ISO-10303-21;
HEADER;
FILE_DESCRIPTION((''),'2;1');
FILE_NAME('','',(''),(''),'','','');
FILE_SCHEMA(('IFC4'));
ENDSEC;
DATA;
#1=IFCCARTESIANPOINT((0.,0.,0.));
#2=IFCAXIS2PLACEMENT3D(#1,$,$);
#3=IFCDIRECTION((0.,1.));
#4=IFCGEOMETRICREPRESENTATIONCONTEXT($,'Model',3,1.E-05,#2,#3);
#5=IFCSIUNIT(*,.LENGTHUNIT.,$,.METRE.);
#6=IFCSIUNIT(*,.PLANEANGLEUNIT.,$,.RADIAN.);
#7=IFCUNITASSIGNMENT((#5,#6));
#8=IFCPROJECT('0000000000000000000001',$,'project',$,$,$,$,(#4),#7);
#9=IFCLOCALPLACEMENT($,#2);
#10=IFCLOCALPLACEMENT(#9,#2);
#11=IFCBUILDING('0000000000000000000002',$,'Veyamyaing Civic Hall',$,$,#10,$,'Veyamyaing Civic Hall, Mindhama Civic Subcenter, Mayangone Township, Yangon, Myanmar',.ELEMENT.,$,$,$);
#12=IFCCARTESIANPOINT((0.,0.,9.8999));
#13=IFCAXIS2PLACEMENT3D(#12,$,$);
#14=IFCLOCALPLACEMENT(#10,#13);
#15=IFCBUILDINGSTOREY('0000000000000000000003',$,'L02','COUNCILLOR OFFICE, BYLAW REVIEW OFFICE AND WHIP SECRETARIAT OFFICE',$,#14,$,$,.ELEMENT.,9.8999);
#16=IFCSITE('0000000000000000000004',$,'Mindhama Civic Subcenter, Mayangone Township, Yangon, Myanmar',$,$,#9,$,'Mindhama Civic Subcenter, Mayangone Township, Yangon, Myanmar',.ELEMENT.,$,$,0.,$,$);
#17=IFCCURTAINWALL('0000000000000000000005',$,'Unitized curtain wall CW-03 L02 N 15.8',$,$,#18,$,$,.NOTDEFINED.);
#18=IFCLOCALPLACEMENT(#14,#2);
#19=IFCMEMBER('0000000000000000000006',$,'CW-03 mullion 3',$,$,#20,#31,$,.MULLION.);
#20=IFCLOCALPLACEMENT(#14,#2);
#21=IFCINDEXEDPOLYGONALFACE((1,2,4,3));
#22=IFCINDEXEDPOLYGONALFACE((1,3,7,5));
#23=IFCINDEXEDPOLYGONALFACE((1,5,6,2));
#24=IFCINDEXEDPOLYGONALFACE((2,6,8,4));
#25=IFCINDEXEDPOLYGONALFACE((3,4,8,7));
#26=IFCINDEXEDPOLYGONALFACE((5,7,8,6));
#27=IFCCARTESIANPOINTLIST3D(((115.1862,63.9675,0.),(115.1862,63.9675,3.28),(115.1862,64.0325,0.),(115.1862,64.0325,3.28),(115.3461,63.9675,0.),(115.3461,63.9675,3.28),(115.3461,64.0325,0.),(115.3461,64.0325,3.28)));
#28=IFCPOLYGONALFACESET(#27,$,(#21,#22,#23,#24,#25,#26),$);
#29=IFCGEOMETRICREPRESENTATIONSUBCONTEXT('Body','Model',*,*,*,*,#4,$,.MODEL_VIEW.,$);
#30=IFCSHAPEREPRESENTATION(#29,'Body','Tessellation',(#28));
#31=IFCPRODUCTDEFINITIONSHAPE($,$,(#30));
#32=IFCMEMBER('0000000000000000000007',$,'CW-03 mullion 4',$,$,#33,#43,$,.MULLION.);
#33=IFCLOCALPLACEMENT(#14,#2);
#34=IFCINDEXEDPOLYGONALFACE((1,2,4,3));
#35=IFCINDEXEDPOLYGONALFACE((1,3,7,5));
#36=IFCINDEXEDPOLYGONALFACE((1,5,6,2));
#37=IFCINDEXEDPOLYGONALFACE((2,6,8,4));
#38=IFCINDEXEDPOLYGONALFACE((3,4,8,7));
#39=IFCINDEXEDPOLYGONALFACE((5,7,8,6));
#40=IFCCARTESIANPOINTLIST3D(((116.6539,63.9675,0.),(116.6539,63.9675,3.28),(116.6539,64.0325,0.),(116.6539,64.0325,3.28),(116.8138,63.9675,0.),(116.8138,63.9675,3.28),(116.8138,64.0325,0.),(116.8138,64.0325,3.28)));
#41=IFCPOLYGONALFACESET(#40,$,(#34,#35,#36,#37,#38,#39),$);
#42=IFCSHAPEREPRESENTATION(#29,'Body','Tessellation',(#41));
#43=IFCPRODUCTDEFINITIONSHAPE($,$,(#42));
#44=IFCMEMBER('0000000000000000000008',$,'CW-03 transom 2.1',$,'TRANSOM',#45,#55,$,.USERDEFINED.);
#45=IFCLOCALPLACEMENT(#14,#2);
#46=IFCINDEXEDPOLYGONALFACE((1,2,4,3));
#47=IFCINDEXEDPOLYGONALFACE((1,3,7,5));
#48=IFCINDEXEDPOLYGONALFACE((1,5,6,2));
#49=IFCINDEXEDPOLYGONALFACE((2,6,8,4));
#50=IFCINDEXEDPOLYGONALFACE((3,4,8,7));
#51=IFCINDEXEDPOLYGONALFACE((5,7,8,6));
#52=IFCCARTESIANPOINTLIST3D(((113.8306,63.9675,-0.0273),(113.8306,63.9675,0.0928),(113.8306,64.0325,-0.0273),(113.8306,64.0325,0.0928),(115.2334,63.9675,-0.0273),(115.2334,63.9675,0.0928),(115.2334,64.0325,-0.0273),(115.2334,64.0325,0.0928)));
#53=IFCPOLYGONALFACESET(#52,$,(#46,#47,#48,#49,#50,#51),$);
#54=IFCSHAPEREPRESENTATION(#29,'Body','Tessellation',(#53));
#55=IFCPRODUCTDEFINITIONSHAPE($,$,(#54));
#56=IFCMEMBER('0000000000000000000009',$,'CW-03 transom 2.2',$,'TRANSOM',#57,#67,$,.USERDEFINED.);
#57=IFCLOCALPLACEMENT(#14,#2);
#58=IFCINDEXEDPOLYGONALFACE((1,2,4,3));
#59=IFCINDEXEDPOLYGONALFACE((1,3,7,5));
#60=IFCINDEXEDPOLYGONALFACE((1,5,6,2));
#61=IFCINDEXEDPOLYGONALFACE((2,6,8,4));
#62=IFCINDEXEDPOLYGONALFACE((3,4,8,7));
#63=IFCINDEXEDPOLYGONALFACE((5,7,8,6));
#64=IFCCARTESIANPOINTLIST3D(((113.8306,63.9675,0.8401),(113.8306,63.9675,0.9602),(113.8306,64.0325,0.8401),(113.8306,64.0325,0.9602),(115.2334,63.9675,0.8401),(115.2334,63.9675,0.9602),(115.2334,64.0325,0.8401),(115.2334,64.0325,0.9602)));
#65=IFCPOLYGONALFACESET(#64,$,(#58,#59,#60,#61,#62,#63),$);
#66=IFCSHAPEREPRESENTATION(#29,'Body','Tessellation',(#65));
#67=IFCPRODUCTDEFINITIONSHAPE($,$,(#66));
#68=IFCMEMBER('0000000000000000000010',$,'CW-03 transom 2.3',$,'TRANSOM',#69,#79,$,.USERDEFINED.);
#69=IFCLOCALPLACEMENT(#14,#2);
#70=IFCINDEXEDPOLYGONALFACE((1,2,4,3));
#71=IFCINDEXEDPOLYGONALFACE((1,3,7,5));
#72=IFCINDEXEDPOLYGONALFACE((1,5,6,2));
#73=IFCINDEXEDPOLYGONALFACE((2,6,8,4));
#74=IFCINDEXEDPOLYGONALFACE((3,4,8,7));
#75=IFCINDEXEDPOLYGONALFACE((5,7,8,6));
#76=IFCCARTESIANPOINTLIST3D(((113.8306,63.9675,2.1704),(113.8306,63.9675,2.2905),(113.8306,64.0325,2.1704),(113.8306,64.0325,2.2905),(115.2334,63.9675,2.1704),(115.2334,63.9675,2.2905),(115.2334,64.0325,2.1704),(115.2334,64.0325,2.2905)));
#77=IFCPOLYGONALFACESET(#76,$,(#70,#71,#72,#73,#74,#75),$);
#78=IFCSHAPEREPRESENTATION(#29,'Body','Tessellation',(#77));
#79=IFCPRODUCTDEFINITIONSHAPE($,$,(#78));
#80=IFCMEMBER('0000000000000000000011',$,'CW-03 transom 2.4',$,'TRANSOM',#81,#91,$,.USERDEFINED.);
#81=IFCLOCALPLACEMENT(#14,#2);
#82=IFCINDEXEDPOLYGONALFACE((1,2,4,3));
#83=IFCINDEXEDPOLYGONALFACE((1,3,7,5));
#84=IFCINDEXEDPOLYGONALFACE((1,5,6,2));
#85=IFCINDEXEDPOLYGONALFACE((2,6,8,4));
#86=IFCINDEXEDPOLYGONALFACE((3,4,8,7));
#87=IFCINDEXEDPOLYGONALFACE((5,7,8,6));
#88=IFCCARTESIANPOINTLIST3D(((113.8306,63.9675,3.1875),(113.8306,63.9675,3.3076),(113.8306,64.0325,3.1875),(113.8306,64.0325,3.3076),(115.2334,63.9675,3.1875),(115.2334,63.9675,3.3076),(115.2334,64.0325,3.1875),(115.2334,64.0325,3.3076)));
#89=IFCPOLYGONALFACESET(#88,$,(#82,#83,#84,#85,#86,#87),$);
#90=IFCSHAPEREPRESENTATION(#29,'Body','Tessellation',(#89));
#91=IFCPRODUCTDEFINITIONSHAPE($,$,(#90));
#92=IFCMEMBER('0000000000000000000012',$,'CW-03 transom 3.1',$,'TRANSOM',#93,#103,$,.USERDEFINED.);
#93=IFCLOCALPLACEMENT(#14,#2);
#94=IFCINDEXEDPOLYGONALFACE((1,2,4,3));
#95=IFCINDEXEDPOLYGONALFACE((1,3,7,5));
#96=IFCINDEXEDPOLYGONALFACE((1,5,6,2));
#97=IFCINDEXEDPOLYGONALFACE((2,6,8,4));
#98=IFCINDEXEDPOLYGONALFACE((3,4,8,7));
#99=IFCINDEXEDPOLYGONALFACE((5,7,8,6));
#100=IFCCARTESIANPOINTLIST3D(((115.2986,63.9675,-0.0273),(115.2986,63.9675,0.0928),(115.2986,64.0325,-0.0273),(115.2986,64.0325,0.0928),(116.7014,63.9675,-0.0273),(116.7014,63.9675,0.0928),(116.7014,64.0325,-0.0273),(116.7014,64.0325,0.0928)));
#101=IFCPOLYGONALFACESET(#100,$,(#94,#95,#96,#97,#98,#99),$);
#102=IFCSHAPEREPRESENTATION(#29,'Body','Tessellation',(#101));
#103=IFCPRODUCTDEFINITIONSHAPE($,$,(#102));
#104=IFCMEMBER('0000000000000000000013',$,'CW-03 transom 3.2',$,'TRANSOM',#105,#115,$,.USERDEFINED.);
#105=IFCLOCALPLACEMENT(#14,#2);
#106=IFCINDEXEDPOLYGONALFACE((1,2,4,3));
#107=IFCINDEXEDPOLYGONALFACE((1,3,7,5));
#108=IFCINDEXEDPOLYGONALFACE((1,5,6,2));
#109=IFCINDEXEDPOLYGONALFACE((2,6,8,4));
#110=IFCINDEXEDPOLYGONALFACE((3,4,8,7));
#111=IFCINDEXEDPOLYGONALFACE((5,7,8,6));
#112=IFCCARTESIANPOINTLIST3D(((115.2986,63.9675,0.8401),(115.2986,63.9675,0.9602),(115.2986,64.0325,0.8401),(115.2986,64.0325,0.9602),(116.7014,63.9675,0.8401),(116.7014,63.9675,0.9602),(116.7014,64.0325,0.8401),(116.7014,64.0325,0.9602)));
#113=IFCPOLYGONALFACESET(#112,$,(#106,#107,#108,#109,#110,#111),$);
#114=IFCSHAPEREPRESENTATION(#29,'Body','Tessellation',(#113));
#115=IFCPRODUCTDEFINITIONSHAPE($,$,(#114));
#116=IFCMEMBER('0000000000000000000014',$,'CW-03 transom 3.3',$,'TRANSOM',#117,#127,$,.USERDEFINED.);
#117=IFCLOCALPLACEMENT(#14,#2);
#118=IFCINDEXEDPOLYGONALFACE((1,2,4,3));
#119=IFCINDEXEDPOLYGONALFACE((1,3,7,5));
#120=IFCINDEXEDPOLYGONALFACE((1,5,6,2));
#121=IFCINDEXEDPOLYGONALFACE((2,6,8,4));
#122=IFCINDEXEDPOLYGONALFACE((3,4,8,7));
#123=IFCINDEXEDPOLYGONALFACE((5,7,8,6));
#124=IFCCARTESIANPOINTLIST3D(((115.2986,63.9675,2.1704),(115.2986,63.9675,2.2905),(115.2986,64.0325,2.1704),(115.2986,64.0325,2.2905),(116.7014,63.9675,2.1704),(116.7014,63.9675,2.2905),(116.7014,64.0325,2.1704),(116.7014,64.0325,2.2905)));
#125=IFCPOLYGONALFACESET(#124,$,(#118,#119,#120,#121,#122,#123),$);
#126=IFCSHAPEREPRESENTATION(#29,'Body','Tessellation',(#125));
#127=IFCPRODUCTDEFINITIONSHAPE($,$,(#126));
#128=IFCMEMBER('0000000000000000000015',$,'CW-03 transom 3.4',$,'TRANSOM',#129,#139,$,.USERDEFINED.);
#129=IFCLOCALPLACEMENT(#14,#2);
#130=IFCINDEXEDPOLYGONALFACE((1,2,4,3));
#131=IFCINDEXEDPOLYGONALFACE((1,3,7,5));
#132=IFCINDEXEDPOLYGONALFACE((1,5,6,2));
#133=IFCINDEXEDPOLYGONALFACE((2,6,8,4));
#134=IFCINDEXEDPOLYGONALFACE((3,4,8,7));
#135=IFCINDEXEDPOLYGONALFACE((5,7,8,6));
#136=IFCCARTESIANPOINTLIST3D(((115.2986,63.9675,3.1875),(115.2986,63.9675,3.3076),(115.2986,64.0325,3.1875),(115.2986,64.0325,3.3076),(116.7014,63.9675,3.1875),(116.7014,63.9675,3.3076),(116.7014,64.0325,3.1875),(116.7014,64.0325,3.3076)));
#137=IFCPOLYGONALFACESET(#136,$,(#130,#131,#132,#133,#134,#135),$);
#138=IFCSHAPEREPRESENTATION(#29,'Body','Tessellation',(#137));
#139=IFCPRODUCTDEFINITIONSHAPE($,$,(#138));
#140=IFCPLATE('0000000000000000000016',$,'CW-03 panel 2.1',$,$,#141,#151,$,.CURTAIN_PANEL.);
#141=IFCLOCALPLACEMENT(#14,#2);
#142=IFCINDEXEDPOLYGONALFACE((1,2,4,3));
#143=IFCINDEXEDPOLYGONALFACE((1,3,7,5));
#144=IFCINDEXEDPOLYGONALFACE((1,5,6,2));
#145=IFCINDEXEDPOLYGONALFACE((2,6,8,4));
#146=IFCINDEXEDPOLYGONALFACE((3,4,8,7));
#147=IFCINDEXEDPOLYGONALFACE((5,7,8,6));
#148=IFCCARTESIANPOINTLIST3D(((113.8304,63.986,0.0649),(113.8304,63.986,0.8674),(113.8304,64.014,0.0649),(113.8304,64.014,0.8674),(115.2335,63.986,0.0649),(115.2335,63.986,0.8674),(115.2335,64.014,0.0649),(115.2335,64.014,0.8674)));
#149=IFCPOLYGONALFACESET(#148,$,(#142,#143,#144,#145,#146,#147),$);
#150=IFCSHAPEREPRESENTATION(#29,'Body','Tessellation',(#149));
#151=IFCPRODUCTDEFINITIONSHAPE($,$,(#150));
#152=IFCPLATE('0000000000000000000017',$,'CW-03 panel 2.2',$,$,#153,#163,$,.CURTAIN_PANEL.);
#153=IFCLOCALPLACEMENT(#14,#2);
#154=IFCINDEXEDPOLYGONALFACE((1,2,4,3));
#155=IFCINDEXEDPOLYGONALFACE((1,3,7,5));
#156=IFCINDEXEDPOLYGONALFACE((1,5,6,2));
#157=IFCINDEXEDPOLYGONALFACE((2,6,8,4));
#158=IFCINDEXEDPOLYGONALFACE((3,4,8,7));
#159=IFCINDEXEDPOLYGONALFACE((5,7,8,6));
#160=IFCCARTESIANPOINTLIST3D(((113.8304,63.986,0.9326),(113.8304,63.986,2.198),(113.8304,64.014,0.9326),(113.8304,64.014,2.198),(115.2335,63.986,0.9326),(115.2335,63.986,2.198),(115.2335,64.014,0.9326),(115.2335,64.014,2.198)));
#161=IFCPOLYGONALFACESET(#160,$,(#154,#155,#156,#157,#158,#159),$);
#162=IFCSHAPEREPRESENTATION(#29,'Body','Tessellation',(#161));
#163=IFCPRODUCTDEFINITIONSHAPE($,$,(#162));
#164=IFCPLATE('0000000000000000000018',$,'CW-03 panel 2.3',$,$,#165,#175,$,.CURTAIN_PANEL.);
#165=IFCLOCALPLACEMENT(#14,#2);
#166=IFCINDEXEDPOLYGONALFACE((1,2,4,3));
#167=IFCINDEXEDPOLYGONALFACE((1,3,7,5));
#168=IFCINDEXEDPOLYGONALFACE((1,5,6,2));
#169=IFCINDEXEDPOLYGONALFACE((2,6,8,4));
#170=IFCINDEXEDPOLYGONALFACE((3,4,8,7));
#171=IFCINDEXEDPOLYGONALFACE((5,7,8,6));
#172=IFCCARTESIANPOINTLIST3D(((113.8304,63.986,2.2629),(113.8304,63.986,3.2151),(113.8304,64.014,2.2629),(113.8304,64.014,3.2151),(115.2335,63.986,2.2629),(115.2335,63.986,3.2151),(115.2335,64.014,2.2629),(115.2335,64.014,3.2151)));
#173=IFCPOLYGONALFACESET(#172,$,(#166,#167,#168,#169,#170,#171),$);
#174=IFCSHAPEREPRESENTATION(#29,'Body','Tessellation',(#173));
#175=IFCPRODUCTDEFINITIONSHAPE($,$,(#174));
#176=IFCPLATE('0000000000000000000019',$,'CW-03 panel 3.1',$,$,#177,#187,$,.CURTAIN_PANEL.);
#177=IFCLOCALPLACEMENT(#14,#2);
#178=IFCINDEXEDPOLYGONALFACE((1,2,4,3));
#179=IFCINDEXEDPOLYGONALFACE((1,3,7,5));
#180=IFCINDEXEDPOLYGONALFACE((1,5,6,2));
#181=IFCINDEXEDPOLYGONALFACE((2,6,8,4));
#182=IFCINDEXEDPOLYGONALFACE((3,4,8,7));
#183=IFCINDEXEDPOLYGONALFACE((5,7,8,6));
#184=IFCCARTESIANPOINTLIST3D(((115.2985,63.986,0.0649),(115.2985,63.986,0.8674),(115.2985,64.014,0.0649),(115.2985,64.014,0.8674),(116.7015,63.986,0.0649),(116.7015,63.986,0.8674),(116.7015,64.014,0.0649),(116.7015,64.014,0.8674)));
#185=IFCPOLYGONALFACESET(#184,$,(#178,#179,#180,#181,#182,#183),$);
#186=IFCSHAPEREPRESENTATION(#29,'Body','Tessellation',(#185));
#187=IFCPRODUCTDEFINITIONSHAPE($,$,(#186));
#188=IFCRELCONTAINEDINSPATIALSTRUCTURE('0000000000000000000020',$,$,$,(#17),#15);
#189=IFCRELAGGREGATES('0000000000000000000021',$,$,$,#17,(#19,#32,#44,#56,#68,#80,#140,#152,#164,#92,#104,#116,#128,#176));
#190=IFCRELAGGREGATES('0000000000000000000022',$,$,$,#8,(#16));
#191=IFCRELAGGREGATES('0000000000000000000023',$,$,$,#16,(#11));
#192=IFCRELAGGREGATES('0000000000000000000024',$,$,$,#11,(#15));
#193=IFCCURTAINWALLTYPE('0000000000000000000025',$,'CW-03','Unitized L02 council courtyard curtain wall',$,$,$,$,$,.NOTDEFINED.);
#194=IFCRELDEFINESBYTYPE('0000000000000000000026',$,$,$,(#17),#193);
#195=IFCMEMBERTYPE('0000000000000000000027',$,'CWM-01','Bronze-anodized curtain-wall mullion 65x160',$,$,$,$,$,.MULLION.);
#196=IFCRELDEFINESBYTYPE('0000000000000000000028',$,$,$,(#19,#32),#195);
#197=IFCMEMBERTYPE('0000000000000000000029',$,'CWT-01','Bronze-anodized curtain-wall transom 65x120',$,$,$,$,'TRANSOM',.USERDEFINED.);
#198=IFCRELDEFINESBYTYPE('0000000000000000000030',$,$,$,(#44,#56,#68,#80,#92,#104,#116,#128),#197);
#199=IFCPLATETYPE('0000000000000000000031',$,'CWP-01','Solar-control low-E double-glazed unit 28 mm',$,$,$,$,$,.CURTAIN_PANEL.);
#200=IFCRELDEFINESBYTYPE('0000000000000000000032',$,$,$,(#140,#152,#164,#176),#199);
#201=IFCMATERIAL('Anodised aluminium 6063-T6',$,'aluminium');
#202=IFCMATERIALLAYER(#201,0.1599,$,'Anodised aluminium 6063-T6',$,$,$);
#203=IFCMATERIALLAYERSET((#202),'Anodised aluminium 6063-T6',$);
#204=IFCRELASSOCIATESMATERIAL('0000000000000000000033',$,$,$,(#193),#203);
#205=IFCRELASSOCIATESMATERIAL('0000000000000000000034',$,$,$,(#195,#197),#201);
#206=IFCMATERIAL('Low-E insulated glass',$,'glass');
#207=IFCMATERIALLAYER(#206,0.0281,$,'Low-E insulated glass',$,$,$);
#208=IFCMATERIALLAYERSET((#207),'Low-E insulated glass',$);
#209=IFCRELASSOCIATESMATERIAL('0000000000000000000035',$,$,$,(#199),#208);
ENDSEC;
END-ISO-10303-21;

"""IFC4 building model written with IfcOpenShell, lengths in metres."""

from ifc_helpers import new_model, si_unit, direction, frame, origin, origin_2d, place, context, subcontext, project, spatial, rectangle, extrude, material, layer, layer_set, material_profile, profile_set, type_object, element, aggregate, save


model = new_model("IFC4")

# Units and contexts
model_context = context("Model", 3, precision=1e-05, world=origin(), true_north=direction((0.0, 1.0)))
body_context = subcontext(model_context, "Body", "Model", "MODEL_VIEW")
ifc_project = project(units=[si_unit("LENGTHUNIT", "METRE"), si_unit("PLANEANGLEUNIT", "RADIAN")], contexts=[model_context])

# Site, building, storey
site_placement = place(None, origin())
site = spatial("IfcSite", under=ifc_project, at=site_placement, Name="Mindhama Civic Subcenter, Mayangone Township, Yangon, Myanmar", LongName="Mindhama Civic Subcenter, Mayangone Township, Yangon, Myanmar", CompositionType="ELEMENT", RefElevation=0.0)
building_placement = place(site_placement, origin())
building = spatial("IfcBuilding", under=site, at=building_placement, Name="Veyamyaing Civic Hall", LongName="Veyamyaing Civic Hall, Mindhama Civic Subcenter, Mayangone Township, Yangon, Myanmar", CompositionType="ELEMENT")
storey_placement = place(building_placement, frame((0.0, 0.0, 9.8999)))
storey = spatial("IfcBuildingStorey", under=building, at=storey_placement, Name="L02", Description="COUNCILLOR OFFICE, BYLAW REVIEW OFFICE AND WHIP SECRETARIAT OFFICE", CompositionType="ELEMENT", Elevation=9.8999)

# Curtain wall, members, plates
ifc_material_1 = material(Name="Anodised aluminium 6063-T6", Category="aluminium")
ifc_layer_1 = layer(ifc_material_1, 0.1599, Name="Anodised aluminium 6063-T6")
ifc_layer_set_1 = layer_set([ifc_layer_1], Name="Anodised aluminium 6063-T6")
curtain_wall_type = type_object("IfcCurtainWallType", Name="CW-03", Description="Unitized L02 council courtyard curtain wall", PredefinedType="NOTDEFINED", material=ifc_layer_set_1)
curtain_wall_placement = place(storey_placement, origin())
curtain_wall = element("IfcCurtainWall", 1, at=curtain_wall_placement, inside=storey, type_object=curtain_wall_type, Name="Unitized curtain wall CW-03 L02 N 15.8", PredefinedType="NOTDEFINED")
ifc_material_profile_1 = material_profile(ifc_material_1, rectangle(XDim=0.0649, YDim=0.1599, at=origin_2d()), Name="ALU-MUL-65X160")
ifc_profile_set_1 = profile_set([ifc_material_profile_1], Name="Anodised aluminium 6063-T6")
member_type_1 = type_object("IfcMemberType", Name="CWM-01", Description="Bronze-anodized curtain-wall mullion 65x160", PredefinedType="MULLION", material=ifc_profile_set_1)
member_1_placement = place(storey_placement, frame((115.2661, 64.0, 0.0), z_axis=(0.0, 0.0, 1.0), x_axis=(0.0, 1.0, 0.0)))
member_1 = element("IfcMember", 2, at=member_1_placement, type_object=member_type_1, Name="CW-03 mullion 3", PredefinedType="MULLION", context=body_context, shape_type="SweptSolid", body=[
    extrude(rectangle(XDim=0.0649, YDim=0.1599, at=origin_2d()), origin(), (0.0, 0.0, 1.0), 3.28),
])
member_2_placement = place(storey_placement, frame((116.7339, 64.0, 0.0), z_axis=(0.0, 0.0, 1.0), x_axis=(0.0, 1.0, 0.0)))
member_2 = element("IfcMember", 3, at=member_2_placement, type_object=member_type_1, Name="CW-03 mullion 4", PredefinedType="MULLION", context=body_context, shape_type="SweptSolid", body=[
    extrude(rectangle(XDim=0.0649, YDim=0.1599, at=origin_2d()), origin(), (0.0, 0.0, 1.0), 3.28),
])
ifc_material_profile_2 = material_profile(ifc_material_1, rectangle(XDim=0.0649, YDim=0.1201, at=origin_2d()), Name="ALU-TRN-65X120")
ifc_profile_set_2 = profile_set([ifc_material_profile_2], Name="Anodised aluminium 6063-T6")
member_type_2 = type_object("IfcMemberType", Name="CWT-01", Description="Bronze-anodized curtain-wall transom 65x120", ElementType="TRANSOM", PredefinedType="USERDEFINED", material=ifc_profile_set_2)
member_3_placement = place(storey_placement, frame((113.8306, 64.0, 0.0327), z_axis=(1.0, 0.0, 0.0), x_axis=(0.0, 1.0, 0.0)))
member_3 = element("IfcMember", 4, at=member_3_placement, type_object=member_type_2, Name="CW-03 transom 2.1", ObjectType="TRANSOM", PredefinedType="USERDEFINED", context=body_context, shape_type="SweptSolid", body=[
    extrude(rectangle(XDim=0.0649, YDim=0.1201, at=origin_2d()), origin(), (0.0, 0.0, 1.0), 1.4028),
])
member_4_placement = place(storey_placement, frame((113.8306, 64.0, 0.9001), z_axis=(1.0, 0.0, 0.0), x_axis=(0.0, 1.0, 0.0)))
member_4 = element("IfcMember", 5, at=member_4_placement, type_object=member_type_2, Name="CW-03 transom 2.2", ObjectType="TRANSOM", PredefinedType="USERDEFINED", context=body_context, shape_type="SweptSolid", body=[
    extrude(rectangle(XDim=0.0649, YDim=0.1201, at=origin_2d()), origin(), (0.0, 0.0, 1.0), 1.4028),
])
member_5_placement = place(storey_placement, frame((113.8306, 64.0, 2.2305), z_axis=(1.0, 0.0, 0.0), x_axis=(0.0, 1.0, 0.0)))
member_5 = element("IfcMember", 6, at=member_5_placement, type_object=member_type_2, Name="CW-03 transom 2.3", ObjectType="TRANSOM", PredefinedType="USERDEFINED", context=body_context, shape_type="SweptSolid", body=[
    extrude(rectangle(XDim=0.0649, YDim=0.1201, at=origin_2d()), origin(), (0.0, 0.0, 1.0), 1.4028),
])
member_6_placement = place(storey_placement, frame((113.8306, 64.0, 3.2476), z_axis=(1.0, 0.0, 0.0), x_axis=(0.0, 1.0, 0.0)))
member_6 = element("IfcMember", 7, at=member_6_placement, type_object=member_type_2, Name="CW-03 transom 2.4", ObjectType="TRANSOM", PredefinedType="USERDEFINED", context=body_context, shape_type="SweptSolid", body=[
    extrude(rectangle(XDim=0.0649, YDim=0.1201, at=origin_2d()), origin(), (0.0, 0.0, 1.0), 1.4028),
])
member_7_placement = place(storey_placement, frame((115.2986, 64.0, 0.0327), z_axis=(1.0, 0.0, 0.0), x_axis=(0.0, 1.0, 0.0)))
member_7 = element("IfcMember", 8, at=member_7_placement, type_object=member_type_2, Name="CW-03 transom 3.1", ObjectType="TRANSOM", PredefinedType="USERDEFINED", context=body_context, shape_type="SweptSolid", body=[
    extrude(rectangle(XDim=0.0649, YDim=0.1201, at=origin_2d()), origin(), (0.0, 0.0, 1.0), 1.4028),
])
member_8_placement = place(storey_placement, frame((115.2986, 64.0, 0.9001), z_axis=(1.0, 0.0, 0.0), x_axis=(0.0, 1.0, 0.0)))
member_8 = element("IfcMember", 9, at=member_8_placement, type_object=member_type_2, Name="CW-03 transom 3.2", ObjectType="TRANSOM", PredefinedType="USERDEFINED", context=body_context, shape_type="SweptSolid", body=[
    extrude(rectangle(XDim=0.0649, YDim=0.1201, at=origin_2d()), origin(), (0.0, 0.0, 1.0), 1.4028),
])
member_9_placement = place(storey_placement, frame((115.2986, 64.0, 2.2305), z_axis=(1.0, 0.0, 0.0), x_axis=(0.0, 1.0, 0.0)))
member_9 = element("IfcMember", 10, at=member_9_placement, type_object=member_type_2, Name="CW-03 transom 3.3", ObjectType="TRANSOM", PredefinedType="USERDEFINED", context=body_context, shape_type="SweptSolid", body=[
    extrude(rectangle(XDim=0.0649, YDim=0.1201, at=origin_2d()), origin(), (0.0, 0.0, 1.0), 1.4028),
])
member_10_placement = place(storey_placement, frame((115.2986, 64.0, 3.2476), z_axis=(1.0, 0.0, 0.0), x_axis=(0.0, 1.0, 0.0)))
member_10 = element("IfcMember", 11, at=member_10_placement, type_object=member_type_2, Name="CW-03 transom 3.4", ObjectType="TRANSOM", PredefinedType="USERDEFINED", context=body_context, shape_type="SweptSolid", body=[
    extrude(rectangle(XDim=0.0649, YDim=0.1201, at=origin_2d()), origin(), (0.0, 0.0, 1.0), 1.4028),
])
ifc_material_2 = material(Name="Low-E insulated glass", Category="glass")
ifc_layer_2 = layer(ifc_material_2, 0.0281, Name="Low-E insulated glass")
ifc_layer_set_2 = layer_set([ifc_layer_2], Name="Low-E insulated glass")
plate_type = type_object("IfcPlateType", Name="CWP-01", Description="Solar-control low-E double-glazed unit 28 mm", PredefinedType="CURTAIN_PANEL", material=ifc_layer_set_2)
plate_1_placement = place(storey_placement, frame((114.532, 64.0, 0.0649), z_axis=(0.0, 0.0, 1.0), x_axis=(1.0, 0.0, 0.0)))
plate_1 = element("IfcPlate", 12, at=plate_1_placement, type_object=plate_type, Name="CW-03 panel 2.1", PredefinedType="CURTAIN_PANEL", context=body_context, shape_type="SweptSolid", body=[
    extrude(rectangle(XDim=1.4031, YDim=0.0281, at=origin_2d()), origin(), (0.0, 0.0, 1.0), 0.8025),
])
plate_2_placement = place(storey_placement, frame((114.532, 64.0, 0.9326), z_axis=(0.0, 0.0, 1.0), x_axis=(1.0, 0.0, 0.0)))
plate_2 = element("IfcPlate", 13, at=plate_2_placement, type_object=plate_type, Name="CW-03 panel 2.2", PredefinedType="CURTAIN_PANEL", context=body_context, shape_type="SweptSolid", body=[
    extrude(rectangle(XDim=1.4031, YDim=0.0281, at=origin_2d()), origin(), (0.0, 0.0, 1.0), 1.2654),
])
plate_3_placement = place(storey_placement, frame((114.532, 64.0, 2.2629), z_axis=(0.0, 0.0, 1.0), x_axis=(1.0, 0.0, 0.0)))
plate_3 = element("IfcPlate", 14, at=plate_3_placement, type_object=plate_type, Name="CW-03 panel 2.3", PredefinedType="CURTAIN_PANEL", context=body_context, shape_type="SweptSolid", body=[
    extrude(rectangle(XDim=1.4031, YDim=0.0281, at=origin_2d()), origin(), (0.0, 0.0, 1.0), 0.9521),
])
plate_4_placement = place(storey_placement, frame((116.0, 64.0, 0.0649), z_axis=(0.0, 0.0, 1.0), x_axis=(1.0, 0.0, 0.0)))
plate_4 = element("IfcPlate", 15, at=plate_4_placement, type_object=plate_type, Name="CW-03 panel 3.1", PredefinedType="CURTAIN_PANEL", context=body_context, shape_type="SweptSolid", body=[
    extrude(rectangle(XDim=1.4031, YDim=0.0281, at=origin_2d()), origin(), (0.0, 0.0, 1.0), 0.8025),
])
aggregate(curtain_wall, [member_1, member_2, member_3, member_4, member_5, member_6, plate_1, plate_2, plate_3, member_7, member_8, member_9, member_10, plate_4])

save(model, "model.ifc")
